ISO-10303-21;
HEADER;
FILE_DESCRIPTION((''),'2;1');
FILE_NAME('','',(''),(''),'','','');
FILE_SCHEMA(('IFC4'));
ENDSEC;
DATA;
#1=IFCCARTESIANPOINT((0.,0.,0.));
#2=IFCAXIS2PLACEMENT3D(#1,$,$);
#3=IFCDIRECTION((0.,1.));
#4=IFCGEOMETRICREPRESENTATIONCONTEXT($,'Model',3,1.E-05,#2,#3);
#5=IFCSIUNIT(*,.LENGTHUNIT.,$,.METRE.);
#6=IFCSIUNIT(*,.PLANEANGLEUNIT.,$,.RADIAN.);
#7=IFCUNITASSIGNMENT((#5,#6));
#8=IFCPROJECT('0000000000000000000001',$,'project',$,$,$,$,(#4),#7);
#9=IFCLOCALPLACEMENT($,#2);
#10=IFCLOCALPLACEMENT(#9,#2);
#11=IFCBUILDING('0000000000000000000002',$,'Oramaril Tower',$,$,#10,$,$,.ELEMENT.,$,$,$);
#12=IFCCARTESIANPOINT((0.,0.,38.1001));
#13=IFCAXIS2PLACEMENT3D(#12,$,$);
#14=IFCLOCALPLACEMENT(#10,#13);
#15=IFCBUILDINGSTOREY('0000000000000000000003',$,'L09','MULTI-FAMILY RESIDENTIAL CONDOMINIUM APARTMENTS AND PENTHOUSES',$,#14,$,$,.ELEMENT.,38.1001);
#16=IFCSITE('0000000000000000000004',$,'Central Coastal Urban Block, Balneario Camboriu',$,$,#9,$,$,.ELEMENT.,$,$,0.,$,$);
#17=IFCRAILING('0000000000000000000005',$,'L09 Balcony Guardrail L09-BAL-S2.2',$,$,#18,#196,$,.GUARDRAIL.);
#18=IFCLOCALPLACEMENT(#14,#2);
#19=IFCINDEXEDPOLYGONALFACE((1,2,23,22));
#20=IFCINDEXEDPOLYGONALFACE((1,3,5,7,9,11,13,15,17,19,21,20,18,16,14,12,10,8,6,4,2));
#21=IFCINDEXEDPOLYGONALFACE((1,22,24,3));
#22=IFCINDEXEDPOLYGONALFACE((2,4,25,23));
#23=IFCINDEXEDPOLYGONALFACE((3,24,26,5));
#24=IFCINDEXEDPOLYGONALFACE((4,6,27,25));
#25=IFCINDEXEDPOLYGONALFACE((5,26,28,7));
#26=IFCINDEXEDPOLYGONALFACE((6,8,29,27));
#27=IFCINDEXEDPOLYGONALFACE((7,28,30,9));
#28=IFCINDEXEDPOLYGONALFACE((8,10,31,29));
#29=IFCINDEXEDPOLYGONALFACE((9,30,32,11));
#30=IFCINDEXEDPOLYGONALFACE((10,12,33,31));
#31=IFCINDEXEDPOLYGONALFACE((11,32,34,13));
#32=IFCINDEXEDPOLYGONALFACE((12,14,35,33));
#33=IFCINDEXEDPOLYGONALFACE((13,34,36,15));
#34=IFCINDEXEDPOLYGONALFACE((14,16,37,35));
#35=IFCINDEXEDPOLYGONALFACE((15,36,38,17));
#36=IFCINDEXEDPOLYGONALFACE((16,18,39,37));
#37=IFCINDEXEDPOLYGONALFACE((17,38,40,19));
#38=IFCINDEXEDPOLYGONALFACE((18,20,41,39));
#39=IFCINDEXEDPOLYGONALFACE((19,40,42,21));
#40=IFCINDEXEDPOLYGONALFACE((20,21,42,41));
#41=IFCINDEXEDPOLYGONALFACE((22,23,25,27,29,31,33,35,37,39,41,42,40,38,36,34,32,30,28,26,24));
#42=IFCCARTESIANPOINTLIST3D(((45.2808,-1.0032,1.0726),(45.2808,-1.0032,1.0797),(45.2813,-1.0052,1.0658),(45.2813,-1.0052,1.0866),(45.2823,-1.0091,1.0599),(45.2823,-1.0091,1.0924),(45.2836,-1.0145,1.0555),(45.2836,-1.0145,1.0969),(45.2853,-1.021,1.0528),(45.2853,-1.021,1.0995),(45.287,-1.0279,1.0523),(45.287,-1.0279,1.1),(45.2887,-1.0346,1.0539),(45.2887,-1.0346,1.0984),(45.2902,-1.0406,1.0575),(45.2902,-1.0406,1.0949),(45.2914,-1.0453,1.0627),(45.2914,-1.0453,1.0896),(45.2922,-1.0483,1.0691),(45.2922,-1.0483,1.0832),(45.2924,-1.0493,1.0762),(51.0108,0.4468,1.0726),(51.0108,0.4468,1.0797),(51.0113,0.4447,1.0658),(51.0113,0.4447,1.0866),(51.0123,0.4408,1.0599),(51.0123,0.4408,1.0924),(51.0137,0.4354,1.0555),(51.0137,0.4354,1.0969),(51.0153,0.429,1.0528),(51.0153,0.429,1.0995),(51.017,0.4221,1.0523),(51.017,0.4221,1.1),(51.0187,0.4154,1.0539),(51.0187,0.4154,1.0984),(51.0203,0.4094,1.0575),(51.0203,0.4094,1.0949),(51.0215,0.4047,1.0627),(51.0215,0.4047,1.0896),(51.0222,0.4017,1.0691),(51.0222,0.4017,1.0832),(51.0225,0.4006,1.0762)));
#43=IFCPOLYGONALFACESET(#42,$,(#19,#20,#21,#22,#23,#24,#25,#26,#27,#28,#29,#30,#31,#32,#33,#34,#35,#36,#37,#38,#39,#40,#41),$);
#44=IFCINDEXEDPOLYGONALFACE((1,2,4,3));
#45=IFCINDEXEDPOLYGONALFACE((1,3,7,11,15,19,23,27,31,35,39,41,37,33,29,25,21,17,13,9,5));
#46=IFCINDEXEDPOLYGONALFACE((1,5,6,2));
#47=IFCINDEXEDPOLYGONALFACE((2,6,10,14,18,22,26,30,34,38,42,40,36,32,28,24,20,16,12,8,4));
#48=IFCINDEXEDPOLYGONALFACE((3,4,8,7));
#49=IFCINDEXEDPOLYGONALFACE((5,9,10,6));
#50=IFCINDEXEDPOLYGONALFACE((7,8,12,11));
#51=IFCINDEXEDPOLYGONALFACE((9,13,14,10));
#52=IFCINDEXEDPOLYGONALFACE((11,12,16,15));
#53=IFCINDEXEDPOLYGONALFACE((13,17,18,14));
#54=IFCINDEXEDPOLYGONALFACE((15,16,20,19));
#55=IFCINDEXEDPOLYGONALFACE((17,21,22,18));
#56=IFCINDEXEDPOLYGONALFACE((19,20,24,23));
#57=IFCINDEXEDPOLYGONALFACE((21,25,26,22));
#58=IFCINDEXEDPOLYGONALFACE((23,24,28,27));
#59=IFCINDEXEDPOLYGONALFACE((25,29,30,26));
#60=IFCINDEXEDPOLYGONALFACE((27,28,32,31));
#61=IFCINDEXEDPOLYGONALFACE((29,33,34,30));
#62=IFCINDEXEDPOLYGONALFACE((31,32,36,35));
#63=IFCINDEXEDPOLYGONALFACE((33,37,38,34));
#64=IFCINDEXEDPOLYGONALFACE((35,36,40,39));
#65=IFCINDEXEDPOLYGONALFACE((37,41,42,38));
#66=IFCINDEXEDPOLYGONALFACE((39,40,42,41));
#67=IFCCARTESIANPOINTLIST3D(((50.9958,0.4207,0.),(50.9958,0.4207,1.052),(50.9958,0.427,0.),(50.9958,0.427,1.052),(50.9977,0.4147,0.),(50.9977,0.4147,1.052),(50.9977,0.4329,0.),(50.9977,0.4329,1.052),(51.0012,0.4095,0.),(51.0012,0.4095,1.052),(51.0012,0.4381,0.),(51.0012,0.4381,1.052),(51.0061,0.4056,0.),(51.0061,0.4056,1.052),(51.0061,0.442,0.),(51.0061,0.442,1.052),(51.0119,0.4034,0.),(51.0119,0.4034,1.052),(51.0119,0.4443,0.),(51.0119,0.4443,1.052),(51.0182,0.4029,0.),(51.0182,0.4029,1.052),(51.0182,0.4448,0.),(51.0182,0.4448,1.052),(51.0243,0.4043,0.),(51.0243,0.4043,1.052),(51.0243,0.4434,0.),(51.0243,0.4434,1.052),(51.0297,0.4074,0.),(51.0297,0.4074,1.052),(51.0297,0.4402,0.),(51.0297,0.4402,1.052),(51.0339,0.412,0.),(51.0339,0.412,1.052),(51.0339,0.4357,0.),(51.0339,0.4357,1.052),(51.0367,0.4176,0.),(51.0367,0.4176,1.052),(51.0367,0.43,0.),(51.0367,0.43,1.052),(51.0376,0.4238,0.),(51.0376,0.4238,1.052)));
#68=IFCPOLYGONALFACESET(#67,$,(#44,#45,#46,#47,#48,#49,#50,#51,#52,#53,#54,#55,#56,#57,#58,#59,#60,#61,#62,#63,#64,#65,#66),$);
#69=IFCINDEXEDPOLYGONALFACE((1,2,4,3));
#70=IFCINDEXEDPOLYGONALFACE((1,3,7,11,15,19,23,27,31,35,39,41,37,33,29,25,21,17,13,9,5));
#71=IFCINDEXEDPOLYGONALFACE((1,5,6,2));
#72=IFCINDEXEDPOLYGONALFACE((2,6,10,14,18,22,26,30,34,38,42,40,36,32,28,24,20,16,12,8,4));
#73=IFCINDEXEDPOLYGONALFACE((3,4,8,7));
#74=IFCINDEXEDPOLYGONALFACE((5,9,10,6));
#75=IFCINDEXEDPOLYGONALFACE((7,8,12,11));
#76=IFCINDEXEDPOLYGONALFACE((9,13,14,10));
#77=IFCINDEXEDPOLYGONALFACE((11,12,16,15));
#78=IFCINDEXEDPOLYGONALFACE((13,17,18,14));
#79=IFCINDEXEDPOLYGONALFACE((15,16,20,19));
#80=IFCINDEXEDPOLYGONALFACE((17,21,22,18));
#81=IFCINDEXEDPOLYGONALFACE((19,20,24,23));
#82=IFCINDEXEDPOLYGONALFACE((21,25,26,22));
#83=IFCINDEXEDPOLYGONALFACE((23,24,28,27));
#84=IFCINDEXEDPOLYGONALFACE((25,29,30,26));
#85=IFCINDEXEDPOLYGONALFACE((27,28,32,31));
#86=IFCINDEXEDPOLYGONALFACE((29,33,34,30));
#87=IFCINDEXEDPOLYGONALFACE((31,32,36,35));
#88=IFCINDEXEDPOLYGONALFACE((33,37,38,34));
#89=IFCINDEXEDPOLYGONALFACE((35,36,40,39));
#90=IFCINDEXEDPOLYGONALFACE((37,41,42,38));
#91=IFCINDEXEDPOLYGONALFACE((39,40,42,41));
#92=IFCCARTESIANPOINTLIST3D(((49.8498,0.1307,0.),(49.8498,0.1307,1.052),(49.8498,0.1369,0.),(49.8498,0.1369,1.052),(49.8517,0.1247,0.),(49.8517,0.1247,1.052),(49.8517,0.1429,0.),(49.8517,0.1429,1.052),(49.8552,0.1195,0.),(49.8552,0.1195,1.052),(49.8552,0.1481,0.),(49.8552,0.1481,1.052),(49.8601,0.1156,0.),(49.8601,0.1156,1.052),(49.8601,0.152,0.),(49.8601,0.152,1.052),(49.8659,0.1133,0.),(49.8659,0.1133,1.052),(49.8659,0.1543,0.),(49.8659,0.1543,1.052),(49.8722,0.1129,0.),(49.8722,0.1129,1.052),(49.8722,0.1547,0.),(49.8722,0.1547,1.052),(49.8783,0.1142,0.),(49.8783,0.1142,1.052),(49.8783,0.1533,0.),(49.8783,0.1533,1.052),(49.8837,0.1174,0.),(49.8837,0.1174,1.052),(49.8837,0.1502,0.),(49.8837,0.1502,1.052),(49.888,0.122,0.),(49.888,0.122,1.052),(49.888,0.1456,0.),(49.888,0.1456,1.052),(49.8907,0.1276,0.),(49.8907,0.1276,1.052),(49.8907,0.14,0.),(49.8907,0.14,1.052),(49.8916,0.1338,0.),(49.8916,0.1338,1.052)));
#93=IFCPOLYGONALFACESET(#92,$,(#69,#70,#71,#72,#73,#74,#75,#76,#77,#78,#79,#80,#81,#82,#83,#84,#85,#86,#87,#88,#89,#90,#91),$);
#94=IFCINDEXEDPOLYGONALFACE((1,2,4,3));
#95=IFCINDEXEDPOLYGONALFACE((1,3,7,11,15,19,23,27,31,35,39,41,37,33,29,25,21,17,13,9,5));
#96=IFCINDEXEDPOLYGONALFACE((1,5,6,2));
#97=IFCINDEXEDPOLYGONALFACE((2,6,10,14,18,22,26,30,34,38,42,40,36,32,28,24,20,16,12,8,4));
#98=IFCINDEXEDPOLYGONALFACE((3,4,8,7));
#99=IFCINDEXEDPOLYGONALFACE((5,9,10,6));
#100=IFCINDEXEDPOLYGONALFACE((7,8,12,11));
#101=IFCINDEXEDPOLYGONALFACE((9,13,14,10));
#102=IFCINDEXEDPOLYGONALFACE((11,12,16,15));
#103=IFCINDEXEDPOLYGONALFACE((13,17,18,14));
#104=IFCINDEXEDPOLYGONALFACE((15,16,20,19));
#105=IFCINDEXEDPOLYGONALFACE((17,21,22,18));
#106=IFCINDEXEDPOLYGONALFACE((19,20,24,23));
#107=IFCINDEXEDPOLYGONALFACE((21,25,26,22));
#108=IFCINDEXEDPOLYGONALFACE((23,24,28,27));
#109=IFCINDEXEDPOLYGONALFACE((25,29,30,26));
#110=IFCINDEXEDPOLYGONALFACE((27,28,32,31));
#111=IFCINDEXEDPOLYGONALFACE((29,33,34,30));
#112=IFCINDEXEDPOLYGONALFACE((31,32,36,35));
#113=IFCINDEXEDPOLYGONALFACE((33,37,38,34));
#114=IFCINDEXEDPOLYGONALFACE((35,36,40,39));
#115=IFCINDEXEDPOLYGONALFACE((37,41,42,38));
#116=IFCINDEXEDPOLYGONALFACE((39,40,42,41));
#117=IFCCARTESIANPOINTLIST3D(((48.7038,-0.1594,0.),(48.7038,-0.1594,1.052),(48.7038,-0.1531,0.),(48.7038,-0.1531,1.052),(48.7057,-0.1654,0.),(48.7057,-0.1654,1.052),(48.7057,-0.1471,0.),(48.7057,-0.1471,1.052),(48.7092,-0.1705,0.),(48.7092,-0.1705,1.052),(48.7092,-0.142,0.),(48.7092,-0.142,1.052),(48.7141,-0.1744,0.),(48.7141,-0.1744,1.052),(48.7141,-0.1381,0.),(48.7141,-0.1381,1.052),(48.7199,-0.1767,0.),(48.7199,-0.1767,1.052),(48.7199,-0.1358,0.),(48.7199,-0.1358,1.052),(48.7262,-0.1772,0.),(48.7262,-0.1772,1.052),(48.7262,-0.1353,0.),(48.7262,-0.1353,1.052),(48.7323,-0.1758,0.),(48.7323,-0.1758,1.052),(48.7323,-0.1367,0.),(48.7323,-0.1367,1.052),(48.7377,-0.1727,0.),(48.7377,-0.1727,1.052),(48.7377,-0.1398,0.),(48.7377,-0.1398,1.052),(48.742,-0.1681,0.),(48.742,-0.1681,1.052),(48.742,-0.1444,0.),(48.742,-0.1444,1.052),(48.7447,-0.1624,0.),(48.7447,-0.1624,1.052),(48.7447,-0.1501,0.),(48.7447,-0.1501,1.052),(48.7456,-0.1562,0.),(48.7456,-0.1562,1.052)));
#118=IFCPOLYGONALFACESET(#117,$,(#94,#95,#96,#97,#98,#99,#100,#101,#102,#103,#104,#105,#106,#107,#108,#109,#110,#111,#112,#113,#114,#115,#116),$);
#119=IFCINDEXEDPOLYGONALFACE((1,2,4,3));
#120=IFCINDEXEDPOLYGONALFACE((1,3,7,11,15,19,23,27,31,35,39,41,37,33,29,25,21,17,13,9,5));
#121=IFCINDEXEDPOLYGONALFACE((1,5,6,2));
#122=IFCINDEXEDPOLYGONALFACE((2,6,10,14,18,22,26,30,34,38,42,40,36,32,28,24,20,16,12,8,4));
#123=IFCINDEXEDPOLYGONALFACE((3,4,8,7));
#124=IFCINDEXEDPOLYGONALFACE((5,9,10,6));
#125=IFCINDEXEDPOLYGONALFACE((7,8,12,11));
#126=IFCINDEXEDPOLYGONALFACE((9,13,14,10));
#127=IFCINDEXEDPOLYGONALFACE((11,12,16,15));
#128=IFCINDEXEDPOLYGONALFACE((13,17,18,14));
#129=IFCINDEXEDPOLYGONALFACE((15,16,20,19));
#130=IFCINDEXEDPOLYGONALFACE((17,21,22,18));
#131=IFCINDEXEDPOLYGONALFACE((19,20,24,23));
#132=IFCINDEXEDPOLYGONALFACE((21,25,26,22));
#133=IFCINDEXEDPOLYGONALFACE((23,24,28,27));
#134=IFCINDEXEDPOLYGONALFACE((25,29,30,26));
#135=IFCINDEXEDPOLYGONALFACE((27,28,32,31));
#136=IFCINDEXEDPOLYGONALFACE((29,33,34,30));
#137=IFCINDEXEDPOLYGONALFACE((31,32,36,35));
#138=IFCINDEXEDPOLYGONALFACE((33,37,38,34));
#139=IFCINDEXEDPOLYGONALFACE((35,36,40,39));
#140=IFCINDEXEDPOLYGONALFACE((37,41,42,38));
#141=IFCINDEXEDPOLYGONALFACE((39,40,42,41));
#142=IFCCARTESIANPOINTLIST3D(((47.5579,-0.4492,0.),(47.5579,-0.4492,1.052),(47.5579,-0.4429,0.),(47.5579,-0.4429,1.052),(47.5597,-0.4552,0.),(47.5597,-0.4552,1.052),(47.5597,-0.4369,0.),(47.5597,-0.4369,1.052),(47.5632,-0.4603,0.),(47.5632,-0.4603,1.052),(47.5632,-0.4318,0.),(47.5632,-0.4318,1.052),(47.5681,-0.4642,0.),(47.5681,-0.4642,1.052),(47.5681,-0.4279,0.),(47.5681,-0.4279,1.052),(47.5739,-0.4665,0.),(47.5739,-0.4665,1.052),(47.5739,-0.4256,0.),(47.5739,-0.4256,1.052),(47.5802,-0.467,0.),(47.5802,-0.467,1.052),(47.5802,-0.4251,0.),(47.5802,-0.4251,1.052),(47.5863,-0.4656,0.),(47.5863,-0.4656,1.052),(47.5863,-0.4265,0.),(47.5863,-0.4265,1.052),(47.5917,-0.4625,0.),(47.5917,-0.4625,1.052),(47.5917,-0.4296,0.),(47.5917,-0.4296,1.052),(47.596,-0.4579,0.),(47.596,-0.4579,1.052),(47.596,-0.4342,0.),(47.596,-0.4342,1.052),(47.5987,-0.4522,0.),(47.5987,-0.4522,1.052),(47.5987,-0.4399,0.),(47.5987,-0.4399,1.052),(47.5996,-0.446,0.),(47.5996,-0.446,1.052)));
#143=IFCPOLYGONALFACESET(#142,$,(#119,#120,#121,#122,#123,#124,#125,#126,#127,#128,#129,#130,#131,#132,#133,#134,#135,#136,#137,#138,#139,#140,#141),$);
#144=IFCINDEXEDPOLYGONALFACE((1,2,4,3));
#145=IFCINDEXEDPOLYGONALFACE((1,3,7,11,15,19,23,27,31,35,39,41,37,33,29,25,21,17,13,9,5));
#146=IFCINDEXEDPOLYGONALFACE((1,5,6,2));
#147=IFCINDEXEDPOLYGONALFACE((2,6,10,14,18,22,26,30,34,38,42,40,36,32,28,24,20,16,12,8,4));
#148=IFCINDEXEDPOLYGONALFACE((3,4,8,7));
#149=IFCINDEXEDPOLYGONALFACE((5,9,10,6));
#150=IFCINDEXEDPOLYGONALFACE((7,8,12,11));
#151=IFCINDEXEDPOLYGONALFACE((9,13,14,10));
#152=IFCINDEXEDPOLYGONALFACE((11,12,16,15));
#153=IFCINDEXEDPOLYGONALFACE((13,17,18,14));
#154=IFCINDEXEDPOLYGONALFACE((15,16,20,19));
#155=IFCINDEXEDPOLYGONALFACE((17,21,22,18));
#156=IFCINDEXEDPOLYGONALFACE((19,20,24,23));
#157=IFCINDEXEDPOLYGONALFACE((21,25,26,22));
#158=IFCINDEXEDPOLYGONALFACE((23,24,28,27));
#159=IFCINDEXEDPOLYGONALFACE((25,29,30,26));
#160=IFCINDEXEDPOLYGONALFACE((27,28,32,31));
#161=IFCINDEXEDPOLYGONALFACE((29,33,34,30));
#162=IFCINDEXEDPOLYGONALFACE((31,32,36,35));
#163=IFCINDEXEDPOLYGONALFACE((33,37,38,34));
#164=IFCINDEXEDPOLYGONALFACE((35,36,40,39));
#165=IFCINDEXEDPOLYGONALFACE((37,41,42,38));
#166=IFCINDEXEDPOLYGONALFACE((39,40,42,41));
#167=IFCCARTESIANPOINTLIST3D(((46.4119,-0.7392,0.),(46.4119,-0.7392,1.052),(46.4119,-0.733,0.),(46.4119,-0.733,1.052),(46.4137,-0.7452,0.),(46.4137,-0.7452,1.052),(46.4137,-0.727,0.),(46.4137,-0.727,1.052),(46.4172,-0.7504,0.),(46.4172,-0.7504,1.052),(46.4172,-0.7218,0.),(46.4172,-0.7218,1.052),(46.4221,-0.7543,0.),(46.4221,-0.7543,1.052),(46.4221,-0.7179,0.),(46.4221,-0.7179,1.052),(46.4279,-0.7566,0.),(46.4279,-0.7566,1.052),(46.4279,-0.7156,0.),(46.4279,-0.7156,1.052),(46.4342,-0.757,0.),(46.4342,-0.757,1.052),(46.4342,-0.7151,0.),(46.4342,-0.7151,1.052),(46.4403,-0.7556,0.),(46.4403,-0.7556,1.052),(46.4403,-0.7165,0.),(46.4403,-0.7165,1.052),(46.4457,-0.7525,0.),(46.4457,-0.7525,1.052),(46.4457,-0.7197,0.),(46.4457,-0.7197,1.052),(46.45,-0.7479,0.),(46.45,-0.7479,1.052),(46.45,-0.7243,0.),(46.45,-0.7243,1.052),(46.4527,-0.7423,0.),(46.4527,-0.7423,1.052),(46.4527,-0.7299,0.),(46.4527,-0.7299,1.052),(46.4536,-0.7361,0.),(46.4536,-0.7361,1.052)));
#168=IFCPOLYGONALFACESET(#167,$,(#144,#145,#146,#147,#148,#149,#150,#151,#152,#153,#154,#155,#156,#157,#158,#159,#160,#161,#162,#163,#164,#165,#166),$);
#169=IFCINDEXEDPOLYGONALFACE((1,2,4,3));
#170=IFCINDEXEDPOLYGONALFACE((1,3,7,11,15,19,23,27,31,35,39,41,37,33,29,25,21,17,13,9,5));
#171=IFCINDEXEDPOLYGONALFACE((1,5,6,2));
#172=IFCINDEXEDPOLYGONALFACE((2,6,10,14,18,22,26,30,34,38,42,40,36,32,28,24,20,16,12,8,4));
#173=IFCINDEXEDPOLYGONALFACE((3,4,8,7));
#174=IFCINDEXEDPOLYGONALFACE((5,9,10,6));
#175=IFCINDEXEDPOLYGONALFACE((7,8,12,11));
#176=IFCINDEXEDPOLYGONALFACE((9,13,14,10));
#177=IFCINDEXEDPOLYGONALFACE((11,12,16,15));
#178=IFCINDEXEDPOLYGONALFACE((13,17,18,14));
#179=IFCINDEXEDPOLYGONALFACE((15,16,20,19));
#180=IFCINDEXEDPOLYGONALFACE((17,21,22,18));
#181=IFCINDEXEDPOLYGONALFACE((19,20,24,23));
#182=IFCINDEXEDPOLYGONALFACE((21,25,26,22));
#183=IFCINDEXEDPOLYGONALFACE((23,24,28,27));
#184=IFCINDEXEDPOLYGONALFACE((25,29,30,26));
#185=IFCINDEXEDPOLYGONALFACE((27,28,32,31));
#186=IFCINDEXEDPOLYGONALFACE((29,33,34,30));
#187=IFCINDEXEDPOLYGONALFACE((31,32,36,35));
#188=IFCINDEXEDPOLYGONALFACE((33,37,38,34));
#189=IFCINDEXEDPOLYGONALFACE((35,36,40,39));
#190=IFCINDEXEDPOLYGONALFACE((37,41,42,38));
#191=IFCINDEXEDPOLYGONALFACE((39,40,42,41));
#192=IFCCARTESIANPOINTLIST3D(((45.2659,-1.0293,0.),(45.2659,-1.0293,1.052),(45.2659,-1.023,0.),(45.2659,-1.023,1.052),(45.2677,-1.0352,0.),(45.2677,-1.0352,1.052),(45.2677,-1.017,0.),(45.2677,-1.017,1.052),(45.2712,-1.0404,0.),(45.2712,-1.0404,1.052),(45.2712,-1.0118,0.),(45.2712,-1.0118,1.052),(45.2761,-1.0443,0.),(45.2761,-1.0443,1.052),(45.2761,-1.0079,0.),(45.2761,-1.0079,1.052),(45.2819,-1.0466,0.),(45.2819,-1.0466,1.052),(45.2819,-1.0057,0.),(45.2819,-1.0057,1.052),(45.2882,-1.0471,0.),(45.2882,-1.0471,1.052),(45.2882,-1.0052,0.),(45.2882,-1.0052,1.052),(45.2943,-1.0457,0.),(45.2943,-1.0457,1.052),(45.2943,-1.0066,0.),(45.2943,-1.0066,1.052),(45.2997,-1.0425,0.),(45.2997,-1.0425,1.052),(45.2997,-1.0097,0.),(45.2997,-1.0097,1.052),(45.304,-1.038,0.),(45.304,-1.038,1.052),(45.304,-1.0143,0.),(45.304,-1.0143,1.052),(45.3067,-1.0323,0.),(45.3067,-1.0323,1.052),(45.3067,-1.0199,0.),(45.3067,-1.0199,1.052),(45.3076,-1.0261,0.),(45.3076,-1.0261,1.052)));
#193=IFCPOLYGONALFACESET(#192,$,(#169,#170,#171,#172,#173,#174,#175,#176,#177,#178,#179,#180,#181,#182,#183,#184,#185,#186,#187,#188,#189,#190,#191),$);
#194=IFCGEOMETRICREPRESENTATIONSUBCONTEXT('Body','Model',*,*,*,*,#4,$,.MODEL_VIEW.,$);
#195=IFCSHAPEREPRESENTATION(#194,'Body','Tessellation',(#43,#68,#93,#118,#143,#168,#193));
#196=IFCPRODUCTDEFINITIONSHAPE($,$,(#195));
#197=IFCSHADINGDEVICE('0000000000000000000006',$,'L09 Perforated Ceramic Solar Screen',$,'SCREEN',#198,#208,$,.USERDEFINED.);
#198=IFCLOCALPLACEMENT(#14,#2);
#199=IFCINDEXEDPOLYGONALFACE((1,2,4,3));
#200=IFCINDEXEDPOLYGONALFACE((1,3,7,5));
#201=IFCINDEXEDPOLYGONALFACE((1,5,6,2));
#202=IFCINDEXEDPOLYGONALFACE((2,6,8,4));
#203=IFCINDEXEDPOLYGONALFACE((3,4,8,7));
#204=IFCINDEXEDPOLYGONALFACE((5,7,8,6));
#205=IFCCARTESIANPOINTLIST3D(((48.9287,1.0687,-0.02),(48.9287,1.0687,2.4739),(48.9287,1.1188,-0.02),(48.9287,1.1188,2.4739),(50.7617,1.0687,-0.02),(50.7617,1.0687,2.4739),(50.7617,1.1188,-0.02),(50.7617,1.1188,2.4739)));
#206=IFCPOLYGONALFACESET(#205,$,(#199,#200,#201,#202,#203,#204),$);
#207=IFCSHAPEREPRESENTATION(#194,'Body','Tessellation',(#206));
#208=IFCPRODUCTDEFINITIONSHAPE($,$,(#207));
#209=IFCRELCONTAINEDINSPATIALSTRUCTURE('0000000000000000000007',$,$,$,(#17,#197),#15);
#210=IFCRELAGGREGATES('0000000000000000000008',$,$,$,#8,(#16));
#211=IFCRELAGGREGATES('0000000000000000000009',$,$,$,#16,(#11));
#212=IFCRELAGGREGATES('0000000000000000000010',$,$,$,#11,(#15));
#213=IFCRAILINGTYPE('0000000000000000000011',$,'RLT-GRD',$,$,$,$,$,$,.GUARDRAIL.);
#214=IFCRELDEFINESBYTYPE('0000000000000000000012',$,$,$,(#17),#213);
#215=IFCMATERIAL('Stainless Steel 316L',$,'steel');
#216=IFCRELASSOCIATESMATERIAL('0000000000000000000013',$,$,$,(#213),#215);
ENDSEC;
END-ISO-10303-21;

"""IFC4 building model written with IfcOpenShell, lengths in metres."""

from ifc_helpers import new_model, si_unit, direction, frame, origin, origin_2d, place, context, subcontext, project, spatial, rectangle, circle, extrude, material, type_object, element, save


model = new_model("IFC4")

# Units and contexts
model_context = context("Model", 3, precision=1e-05, world=origin(), true_north=direction((0.0, 1.0)))
body_context = subcontext(model_context, "Body", "Model", "MODEL_VIEW")
ifc_project = project(units=[si_unit("LENGTHUNIT", "METRE"), si_unit("PLANEANGLEUNIT", "RADIAN")], contexts=[model_context])

# Site, building, storey
site_placement = place(None, origin())
site = spatial("IfcSite", under=ifc_project, at=site_placement, Name="Central Coastal Urban Block, Balneario Camboriu", CompositionType="ELEMENT", RefElevation=0.0)
building_placement = place(site_placement, origin())
building = spatial("IfcBuilding", under=site, at=building_placement, Name="Oramaril Tower", CompositionType="ELEMENT")
storey_placement = place(building_placement, frame((0.0, 0.0, 38.1001)))
storey = spatial("IfcBuildingStorey", under=building, at=storey_placement, Name="L09", Description="MULTI-FAMILY RESIDENTIAL CONDOMINIUM APARTMENTS AND PENTHOUSES", CompositionType="ELEMENT", Elevation=38.1001)

# Railing
ifc_material_1 = material(Name="Stainless Steel 316L", Category="steel")
railing_type = type_object("IfcRailingType", Name="RLT-GRD", PredefinedType="GUARDRAIL", material=ifc_material_1)
railing_1_placement = place(storey_placement, frame((51.0166, 0.4238, 0.0)))
element("IfcRailing", 1, at=railing_1_placement, inside=storey, type_object=railing_type, Name="L09 Balcony Guardrail L09-BAL-S2.2", PredefinedType="GUARDRAIL", context=body_context, shape_type="SweptSolid", body=[
    extrude(circle(Radius=0.0239, at=origin_2d()), frame((0.0, 0.0, 1.0762), z_axis=(-0.969444, -0.245314, 0.0), x_axis=(0.245314, -0.969444, 0.0)), (0.0, 0.0, 1.0), 5.9106),
    extrude(circle(Radius=0.021, at=origin_2d()), origin(), (0.0, 0.0, 1.0), 1.052),
    extrude(circle(Radius=0.021, at=origin_2d()), frame((-1.146, -0.29, 0.0)), (0.0, 0.0, 1.0), 1.052),
    extrude(circle(Radius=0.021, at=origin_2d()), frame((-2.292, -0.5801, 0.0)), (0.0, 0.0, 1.0), 1.052),
    extrude(circle(Radius=0.021, at=origin_2d()), frame((-3.438, -0.8699, 0.0)), (0.0, 0.0, 1.0), 1.052),
    extrude(circle(Radius=0.021, at=origin_2d()), frame((-4.584, -1.1599, 0.0)), (0.0, 0.0, 1.0), 1.052),
    extrude(circle(Radius=0.021, at=origin_2d()), frame((-5.73, -1.45, 0.0)), (0.0, 0.0, 1.0), 1.052),
])

# Shading device
shading_device_placement = place(storey_placement, frame((49.8452, 1.0938, -0.02), z_axis=(0.0, 0.0, 1.0), x_axis=(1.0, 0.0, 0.0)))
element("IfcShadingDevice", 2, at=shading_device_placement, inside=storey, Name="L09 Perforated Ceramic Solar Screen", ObjectType="SCREEN", PredefinedType="USERDEFINED", context=body_context, shape_type="SweptSolid", body=[
    extrude(rectangle(XDim=1.833, YDim=0.05, at=origin_2d()), origin(), (0.0, 0.0, 1.0), 2.4939),
])

save(model, "model.ifc")
